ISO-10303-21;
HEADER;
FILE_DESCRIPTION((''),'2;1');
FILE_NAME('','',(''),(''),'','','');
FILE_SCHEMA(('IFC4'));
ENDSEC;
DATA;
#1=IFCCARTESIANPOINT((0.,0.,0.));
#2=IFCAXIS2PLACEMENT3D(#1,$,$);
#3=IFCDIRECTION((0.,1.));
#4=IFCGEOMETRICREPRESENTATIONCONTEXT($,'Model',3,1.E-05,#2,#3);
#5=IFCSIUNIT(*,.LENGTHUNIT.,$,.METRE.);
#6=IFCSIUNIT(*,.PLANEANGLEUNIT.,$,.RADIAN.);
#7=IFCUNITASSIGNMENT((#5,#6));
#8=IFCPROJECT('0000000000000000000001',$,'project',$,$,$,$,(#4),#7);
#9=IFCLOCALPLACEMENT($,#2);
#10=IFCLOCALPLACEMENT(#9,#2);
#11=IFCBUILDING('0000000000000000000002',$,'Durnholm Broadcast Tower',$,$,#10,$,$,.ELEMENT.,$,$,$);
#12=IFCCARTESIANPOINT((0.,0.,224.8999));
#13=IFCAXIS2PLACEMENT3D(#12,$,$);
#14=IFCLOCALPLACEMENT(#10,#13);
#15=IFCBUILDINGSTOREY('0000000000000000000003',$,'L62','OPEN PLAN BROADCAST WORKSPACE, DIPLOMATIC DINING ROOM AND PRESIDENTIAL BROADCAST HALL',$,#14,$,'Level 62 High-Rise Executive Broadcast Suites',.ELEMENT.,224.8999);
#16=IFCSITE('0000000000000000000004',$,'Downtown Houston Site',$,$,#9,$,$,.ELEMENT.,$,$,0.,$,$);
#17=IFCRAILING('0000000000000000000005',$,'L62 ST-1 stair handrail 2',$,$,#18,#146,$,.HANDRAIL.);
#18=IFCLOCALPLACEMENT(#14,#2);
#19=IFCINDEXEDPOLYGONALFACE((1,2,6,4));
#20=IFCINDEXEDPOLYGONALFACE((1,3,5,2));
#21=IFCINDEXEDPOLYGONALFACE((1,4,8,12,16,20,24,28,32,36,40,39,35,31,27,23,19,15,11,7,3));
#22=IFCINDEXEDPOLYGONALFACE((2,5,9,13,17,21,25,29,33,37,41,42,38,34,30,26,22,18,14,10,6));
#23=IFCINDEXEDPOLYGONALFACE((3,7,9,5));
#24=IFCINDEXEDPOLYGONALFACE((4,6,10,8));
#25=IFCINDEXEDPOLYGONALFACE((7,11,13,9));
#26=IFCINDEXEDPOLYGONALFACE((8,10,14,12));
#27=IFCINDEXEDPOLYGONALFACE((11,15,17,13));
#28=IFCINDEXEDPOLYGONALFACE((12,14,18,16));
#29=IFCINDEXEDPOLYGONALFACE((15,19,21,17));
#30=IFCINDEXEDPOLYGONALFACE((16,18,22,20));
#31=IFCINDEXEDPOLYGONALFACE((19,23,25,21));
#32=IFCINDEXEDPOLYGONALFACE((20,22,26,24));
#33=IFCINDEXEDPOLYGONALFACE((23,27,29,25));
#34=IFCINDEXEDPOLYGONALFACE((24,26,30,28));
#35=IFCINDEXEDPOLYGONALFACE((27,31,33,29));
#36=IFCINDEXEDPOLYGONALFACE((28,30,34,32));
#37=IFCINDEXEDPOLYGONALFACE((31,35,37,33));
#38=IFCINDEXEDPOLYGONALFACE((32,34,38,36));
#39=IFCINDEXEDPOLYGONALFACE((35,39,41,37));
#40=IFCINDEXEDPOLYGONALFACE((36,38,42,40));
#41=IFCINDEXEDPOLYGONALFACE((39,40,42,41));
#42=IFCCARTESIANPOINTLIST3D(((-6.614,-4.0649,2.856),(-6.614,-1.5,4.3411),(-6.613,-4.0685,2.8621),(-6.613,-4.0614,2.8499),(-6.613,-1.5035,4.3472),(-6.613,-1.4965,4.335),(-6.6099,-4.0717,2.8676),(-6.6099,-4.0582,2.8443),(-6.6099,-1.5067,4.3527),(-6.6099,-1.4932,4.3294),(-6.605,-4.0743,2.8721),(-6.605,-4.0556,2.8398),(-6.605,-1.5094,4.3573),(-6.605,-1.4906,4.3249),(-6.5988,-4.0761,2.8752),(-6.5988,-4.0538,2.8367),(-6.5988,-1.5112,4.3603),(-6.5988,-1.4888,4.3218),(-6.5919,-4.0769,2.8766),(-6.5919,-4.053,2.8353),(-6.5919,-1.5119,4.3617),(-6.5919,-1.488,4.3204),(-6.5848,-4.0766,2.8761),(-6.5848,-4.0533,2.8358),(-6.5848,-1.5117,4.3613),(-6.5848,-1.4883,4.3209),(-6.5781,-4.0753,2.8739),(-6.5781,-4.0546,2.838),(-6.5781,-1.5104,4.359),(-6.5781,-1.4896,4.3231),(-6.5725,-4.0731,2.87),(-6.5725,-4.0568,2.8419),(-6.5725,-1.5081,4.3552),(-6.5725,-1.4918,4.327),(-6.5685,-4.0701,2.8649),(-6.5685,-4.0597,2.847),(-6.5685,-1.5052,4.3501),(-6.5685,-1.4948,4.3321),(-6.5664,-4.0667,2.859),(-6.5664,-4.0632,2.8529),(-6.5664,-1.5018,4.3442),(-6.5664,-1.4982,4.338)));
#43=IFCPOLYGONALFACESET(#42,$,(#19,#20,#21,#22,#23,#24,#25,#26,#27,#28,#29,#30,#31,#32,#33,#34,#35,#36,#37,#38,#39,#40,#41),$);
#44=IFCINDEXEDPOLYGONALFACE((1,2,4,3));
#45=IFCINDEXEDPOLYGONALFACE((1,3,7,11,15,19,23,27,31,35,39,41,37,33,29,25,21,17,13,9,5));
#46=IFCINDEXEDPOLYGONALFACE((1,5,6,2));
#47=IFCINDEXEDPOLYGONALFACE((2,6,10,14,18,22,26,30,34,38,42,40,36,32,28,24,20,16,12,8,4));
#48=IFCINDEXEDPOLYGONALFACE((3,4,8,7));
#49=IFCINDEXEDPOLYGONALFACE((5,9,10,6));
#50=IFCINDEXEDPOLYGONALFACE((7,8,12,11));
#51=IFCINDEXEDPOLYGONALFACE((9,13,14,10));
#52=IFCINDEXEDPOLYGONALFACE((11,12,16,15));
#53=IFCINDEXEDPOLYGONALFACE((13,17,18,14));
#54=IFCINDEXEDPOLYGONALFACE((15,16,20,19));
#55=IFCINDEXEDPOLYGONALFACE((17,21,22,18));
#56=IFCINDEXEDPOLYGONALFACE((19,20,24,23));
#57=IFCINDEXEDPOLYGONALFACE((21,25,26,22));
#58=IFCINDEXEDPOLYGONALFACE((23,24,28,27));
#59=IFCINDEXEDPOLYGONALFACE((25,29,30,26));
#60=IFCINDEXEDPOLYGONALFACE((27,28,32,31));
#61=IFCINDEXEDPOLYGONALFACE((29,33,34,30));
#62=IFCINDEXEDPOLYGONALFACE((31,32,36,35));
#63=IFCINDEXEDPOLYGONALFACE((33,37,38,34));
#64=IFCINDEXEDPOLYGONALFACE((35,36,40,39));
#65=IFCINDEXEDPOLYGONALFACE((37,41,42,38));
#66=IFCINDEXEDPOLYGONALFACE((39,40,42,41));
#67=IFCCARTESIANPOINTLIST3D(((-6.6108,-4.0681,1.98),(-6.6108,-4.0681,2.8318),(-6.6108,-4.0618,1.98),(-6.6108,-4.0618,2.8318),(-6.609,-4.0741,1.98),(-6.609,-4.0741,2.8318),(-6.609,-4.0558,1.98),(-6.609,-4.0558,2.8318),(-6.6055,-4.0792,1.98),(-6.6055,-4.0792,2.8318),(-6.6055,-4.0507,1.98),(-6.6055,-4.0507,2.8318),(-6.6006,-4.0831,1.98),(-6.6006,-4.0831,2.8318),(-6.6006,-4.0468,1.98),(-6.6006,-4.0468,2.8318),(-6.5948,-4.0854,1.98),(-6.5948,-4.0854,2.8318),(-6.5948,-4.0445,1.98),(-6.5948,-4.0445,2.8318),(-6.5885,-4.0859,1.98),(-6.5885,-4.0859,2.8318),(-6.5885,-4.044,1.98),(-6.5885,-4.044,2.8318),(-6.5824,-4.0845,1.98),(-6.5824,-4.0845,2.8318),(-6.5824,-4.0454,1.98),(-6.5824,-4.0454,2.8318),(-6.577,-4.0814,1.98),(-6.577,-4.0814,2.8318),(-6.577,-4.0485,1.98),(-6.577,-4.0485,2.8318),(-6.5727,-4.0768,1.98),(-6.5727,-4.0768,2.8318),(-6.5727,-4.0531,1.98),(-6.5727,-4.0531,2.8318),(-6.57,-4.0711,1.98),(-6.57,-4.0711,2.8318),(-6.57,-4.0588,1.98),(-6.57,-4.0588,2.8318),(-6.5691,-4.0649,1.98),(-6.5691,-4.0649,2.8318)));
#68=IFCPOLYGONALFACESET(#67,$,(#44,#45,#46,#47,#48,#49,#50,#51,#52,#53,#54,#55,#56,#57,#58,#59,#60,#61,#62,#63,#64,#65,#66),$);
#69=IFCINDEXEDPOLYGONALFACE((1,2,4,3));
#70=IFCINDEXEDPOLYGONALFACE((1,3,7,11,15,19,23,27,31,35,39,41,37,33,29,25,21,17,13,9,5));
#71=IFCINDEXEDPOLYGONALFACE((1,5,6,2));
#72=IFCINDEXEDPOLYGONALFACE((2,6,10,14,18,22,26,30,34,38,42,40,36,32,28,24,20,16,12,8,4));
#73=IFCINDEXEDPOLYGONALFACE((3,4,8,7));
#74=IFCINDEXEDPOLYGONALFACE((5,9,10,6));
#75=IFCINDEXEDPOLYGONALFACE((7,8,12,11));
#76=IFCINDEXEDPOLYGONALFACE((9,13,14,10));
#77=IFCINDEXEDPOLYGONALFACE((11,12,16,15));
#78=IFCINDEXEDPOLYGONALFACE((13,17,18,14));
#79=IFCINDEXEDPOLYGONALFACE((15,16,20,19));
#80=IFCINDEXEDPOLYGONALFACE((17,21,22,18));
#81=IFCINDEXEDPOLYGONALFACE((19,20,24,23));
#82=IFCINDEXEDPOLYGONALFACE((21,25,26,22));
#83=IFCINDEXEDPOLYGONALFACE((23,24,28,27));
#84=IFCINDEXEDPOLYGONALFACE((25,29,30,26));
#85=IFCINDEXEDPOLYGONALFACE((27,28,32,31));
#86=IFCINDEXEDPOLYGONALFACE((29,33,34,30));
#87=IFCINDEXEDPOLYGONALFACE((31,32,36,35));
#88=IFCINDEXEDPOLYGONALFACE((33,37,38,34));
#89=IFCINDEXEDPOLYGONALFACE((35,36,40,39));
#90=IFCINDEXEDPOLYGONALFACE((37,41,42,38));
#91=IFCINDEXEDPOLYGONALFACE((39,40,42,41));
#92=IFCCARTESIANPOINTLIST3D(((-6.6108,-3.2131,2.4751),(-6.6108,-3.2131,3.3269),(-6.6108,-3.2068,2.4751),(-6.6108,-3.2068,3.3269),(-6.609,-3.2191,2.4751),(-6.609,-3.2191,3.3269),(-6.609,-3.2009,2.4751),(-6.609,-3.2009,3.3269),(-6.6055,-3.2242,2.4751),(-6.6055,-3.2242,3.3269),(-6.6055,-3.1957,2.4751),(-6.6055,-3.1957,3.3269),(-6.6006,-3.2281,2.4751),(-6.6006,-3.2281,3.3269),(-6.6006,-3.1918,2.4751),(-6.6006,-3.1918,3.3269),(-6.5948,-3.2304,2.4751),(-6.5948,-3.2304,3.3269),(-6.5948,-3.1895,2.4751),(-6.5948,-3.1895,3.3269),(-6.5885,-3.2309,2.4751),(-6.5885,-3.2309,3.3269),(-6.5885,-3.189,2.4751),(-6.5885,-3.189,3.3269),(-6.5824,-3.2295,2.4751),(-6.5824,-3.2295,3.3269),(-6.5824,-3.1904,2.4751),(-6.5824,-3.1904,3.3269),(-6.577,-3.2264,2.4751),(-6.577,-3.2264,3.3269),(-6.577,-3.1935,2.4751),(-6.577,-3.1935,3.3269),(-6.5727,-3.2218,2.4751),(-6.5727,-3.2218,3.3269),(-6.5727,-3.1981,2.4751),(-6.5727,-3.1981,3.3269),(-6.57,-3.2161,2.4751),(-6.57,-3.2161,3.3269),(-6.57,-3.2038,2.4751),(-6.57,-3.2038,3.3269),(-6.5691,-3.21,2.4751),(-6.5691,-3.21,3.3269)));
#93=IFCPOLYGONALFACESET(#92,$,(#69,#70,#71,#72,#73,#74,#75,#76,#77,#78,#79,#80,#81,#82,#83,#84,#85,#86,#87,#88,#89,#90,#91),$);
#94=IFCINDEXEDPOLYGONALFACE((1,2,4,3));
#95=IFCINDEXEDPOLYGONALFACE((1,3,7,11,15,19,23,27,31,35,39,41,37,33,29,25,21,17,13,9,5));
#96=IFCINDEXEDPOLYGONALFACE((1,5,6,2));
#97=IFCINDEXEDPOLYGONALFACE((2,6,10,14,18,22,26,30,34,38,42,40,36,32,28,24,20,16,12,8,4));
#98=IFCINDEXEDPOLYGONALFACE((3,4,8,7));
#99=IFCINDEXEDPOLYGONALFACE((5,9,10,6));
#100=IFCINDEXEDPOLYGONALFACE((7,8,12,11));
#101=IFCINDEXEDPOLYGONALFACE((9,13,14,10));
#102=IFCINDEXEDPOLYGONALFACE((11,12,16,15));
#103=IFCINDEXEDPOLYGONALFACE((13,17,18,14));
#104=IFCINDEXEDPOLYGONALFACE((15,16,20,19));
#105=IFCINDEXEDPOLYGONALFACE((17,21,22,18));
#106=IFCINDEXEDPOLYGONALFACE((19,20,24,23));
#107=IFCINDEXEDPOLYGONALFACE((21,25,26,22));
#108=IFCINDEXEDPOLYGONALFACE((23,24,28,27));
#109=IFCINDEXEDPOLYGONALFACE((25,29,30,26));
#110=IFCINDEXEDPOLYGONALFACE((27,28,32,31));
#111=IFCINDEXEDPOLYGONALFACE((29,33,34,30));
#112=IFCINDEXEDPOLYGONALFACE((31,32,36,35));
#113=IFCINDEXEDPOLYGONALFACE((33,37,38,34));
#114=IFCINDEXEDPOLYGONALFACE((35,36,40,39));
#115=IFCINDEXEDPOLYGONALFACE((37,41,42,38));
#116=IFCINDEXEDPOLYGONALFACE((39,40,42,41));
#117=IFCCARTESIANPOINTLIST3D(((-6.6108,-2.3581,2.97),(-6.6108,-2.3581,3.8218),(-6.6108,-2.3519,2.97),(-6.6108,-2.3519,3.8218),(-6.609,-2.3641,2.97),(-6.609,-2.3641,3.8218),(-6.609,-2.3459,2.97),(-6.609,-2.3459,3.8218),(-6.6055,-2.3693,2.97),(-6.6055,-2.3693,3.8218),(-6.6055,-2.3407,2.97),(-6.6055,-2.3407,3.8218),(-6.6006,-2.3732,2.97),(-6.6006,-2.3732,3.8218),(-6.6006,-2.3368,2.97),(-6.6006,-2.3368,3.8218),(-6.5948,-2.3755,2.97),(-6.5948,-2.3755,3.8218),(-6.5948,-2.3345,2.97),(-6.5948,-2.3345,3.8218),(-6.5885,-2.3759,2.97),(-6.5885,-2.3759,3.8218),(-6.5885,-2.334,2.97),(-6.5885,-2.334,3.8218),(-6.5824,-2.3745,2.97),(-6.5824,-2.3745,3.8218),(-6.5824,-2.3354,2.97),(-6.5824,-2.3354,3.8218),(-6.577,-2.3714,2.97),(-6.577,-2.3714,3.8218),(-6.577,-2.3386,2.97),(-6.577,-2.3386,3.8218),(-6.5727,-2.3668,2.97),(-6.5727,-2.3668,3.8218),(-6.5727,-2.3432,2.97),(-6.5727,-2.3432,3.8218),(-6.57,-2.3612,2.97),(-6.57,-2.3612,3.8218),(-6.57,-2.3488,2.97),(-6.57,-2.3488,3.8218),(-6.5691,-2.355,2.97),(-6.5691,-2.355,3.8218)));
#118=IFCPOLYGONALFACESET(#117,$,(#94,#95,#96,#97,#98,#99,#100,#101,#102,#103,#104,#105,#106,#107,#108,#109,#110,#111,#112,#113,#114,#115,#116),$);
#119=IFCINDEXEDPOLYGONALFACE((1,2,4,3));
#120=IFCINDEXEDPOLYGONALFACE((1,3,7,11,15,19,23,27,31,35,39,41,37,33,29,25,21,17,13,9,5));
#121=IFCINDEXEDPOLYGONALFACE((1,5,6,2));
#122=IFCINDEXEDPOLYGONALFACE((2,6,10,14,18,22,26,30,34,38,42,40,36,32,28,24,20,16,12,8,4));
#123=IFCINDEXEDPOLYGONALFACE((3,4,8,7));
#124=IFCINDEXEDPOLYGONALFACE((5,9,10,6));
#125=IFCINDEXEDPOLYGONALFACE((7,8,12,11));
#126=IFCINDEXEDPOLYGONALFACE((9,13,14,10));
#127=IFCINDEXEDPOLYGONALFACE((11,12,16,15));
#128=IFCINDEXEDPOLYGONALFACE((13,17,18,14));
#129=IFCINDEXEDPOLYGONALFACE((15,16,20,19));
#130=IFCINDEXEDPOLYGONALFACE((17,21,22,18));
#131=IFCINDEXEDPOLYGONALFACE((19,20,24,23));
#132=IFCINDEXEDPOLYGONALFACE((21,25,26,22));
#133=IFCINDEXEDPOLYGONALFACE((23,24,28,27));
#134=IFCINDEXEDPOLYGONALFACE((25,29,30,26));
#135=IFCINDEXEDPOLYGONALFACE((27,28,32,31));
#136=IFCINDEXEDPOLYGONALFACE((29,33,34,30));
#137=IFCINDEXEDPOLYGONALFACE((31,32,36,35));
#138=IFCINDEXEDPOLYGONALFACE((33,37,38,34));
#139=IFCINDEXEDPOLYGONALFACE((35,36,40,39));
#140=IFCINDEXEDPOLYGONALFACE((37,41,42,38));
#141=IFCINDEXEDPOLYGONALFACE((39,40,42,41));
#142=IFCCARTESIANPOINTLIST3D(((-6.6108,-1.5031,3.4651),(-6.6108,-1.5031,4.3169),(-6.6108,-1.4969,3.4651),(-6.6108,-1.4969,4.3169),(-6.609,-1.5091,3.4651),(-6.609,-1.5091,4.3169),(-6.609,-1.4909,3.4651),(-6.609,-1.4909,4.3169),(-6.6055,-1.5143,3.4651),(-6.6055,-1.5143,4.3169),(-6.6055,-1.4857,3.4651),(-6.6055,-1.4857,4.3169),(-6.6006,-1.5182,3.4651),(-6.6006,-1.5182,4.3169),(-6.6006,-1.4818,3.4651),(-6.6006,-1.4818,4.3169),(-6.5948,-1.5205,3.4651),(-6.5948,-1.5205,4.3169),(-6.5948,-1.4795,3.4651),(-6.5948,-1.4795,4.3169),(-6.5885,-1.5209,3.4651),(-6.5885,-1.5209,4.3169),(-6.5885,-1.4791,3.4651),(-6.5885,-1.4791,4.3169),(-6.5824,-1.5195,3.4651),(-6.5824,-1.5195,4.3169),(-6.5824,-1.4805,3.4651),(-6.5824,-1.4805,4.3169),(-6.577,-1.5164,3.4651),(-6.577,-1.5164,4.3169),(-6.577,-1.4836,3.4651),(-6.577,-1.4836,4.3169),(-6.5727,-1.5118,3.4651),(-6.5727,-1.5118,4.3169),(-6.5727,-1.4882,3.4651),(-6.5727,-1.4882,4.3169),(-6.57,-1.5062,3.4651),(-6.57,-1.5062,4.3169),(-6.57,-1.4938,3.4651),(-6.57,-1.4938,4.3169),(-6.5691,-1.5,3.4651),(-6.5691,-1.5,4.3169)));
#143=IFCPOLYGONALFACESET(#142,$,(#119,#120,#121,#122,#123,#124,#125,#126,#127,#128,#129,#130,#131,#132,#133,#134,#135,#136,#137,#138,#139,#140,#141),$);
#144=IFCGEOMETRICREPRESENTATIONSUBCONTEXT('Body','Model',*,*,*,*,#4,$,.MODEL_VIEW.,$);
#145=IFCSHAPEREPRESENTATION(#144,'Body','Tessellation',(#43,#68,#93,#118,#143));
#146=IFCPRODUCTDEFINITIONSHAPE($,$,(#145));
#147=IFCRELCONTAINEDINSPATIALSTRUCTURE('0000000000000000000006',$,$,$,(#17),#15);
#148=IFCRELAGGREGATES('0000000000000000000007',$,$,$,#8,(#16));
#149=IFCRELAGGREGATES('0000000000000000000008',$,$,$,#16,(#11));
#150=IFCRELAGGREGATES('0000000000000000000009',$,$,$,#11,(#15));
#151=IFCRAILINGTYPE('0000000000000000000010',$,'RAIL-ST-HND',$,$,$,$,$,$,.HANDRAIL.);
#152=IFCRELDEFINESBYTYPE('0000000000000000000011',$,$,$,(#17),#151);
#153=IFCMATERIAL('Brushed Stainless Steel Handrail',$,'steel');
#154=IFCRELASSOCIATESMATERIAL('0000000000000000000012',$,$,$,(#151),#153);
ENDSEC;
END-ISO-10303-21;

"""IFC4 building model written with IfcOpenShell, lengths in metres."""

from ifc_helpers import new_model, si_unit, direction, frame, origin, origin_2d, place, context, subcontext, project, spatial, circle, extrude, material, type_object, element, save


model = new_model("IFC4")

# Units and contexts
model_context = context("Model", 3, precision=1e-05, world=origin(), true_north=direction((0.0, 1.0)))
body_context = subcontext(model_context, "Body", "Model", "MODEL_VIEW")
ifc_project = project(units=[si_unit("LENGTHUNIT", "METRE"), si_unit("PLANEANGLEUNIT", "RADIAN")], contexts=[model_context])

# Site, building, storey
site_placement = place(None, origin())
site = spatial("IfcSite", under=ifc_project, at=site_placement, Name="Downtown Houston Site", CompositionType="ELEMENT", RefElevation=0.0)
building_placement = place(site_placement, origin())
building = spatial("IfcBuilding", under=site, at=building_placement, Name="Durnholm Broadcast Tower", CompositionType="ELEMENT")
storey_placement = place(building_placement, frame((0.0, 0.0, 224.8999)))
storey = spatial("IfcBuildingStorey", under=building, at=storey_placement, Name="L62", Description="OPEN PLAN BROADCAST WORKSPACE, DIPLOMATIC DINING ROOM AND PRESIDENTIAL BROADCAST HALL", LongName="Level 62 High-Rise Executive Broadcast Suites", CompositionType="ELEMENT", Elevation=224.8999)

# Railing
ifc_material_1 = material(Name="Brushed Stainless Steel Handrail", Category="steel")
railing_type_1 = type_object("IfcRailingType", Name="RAIL-ST-HND", PredefinedType="HANDRAIL", material=ifc_material_1)
railing_1_placement = place(storey_placement, frame((-6.5901, -4.0649, 1.98)))
element("IfcRailing", 1, at=railing_1_placement, inside=storey, type_object=railing_type_1, Name="L62 ST-1 stair handrail 2", PredefinedType="HANDRAIL", context=body_context, shape_type="SweptSolid", body=[
    extrude(circle(Radius=0.0239, at=origin_2d()), frame((0.0, 0.0, 0.876), z_axis=(0.0, 0.865406, 0.501072), x_axis=(-1.0, 0.0, 0.0)), (0.0, 0.0, 1.0), 2.9639),
    extrude(circle(Radius=0.021, at=origin_2d()), origin(), (0.0, 0.0, 1.0), 0.8518),
    extrude(circle(Radius=0.021, at=origin_2d()), frame((0.0, 0.855, 0.4951)), (0.0, 0.0, 1.0), 0.8518),
    extrude(circle(Radius=0.021, at=origin_2d()), frame((0.0, 1.71, 0.99)), (0.0, 0.0, 1.0), 0.8518),
    extrude(circle(Radius=0.021, at=origin_2d()), frame((0.0, 2.5649, 1.4851)), (0.0, 0.0, 1.0), 0.8518),
])

save(model, "model.ifc")
